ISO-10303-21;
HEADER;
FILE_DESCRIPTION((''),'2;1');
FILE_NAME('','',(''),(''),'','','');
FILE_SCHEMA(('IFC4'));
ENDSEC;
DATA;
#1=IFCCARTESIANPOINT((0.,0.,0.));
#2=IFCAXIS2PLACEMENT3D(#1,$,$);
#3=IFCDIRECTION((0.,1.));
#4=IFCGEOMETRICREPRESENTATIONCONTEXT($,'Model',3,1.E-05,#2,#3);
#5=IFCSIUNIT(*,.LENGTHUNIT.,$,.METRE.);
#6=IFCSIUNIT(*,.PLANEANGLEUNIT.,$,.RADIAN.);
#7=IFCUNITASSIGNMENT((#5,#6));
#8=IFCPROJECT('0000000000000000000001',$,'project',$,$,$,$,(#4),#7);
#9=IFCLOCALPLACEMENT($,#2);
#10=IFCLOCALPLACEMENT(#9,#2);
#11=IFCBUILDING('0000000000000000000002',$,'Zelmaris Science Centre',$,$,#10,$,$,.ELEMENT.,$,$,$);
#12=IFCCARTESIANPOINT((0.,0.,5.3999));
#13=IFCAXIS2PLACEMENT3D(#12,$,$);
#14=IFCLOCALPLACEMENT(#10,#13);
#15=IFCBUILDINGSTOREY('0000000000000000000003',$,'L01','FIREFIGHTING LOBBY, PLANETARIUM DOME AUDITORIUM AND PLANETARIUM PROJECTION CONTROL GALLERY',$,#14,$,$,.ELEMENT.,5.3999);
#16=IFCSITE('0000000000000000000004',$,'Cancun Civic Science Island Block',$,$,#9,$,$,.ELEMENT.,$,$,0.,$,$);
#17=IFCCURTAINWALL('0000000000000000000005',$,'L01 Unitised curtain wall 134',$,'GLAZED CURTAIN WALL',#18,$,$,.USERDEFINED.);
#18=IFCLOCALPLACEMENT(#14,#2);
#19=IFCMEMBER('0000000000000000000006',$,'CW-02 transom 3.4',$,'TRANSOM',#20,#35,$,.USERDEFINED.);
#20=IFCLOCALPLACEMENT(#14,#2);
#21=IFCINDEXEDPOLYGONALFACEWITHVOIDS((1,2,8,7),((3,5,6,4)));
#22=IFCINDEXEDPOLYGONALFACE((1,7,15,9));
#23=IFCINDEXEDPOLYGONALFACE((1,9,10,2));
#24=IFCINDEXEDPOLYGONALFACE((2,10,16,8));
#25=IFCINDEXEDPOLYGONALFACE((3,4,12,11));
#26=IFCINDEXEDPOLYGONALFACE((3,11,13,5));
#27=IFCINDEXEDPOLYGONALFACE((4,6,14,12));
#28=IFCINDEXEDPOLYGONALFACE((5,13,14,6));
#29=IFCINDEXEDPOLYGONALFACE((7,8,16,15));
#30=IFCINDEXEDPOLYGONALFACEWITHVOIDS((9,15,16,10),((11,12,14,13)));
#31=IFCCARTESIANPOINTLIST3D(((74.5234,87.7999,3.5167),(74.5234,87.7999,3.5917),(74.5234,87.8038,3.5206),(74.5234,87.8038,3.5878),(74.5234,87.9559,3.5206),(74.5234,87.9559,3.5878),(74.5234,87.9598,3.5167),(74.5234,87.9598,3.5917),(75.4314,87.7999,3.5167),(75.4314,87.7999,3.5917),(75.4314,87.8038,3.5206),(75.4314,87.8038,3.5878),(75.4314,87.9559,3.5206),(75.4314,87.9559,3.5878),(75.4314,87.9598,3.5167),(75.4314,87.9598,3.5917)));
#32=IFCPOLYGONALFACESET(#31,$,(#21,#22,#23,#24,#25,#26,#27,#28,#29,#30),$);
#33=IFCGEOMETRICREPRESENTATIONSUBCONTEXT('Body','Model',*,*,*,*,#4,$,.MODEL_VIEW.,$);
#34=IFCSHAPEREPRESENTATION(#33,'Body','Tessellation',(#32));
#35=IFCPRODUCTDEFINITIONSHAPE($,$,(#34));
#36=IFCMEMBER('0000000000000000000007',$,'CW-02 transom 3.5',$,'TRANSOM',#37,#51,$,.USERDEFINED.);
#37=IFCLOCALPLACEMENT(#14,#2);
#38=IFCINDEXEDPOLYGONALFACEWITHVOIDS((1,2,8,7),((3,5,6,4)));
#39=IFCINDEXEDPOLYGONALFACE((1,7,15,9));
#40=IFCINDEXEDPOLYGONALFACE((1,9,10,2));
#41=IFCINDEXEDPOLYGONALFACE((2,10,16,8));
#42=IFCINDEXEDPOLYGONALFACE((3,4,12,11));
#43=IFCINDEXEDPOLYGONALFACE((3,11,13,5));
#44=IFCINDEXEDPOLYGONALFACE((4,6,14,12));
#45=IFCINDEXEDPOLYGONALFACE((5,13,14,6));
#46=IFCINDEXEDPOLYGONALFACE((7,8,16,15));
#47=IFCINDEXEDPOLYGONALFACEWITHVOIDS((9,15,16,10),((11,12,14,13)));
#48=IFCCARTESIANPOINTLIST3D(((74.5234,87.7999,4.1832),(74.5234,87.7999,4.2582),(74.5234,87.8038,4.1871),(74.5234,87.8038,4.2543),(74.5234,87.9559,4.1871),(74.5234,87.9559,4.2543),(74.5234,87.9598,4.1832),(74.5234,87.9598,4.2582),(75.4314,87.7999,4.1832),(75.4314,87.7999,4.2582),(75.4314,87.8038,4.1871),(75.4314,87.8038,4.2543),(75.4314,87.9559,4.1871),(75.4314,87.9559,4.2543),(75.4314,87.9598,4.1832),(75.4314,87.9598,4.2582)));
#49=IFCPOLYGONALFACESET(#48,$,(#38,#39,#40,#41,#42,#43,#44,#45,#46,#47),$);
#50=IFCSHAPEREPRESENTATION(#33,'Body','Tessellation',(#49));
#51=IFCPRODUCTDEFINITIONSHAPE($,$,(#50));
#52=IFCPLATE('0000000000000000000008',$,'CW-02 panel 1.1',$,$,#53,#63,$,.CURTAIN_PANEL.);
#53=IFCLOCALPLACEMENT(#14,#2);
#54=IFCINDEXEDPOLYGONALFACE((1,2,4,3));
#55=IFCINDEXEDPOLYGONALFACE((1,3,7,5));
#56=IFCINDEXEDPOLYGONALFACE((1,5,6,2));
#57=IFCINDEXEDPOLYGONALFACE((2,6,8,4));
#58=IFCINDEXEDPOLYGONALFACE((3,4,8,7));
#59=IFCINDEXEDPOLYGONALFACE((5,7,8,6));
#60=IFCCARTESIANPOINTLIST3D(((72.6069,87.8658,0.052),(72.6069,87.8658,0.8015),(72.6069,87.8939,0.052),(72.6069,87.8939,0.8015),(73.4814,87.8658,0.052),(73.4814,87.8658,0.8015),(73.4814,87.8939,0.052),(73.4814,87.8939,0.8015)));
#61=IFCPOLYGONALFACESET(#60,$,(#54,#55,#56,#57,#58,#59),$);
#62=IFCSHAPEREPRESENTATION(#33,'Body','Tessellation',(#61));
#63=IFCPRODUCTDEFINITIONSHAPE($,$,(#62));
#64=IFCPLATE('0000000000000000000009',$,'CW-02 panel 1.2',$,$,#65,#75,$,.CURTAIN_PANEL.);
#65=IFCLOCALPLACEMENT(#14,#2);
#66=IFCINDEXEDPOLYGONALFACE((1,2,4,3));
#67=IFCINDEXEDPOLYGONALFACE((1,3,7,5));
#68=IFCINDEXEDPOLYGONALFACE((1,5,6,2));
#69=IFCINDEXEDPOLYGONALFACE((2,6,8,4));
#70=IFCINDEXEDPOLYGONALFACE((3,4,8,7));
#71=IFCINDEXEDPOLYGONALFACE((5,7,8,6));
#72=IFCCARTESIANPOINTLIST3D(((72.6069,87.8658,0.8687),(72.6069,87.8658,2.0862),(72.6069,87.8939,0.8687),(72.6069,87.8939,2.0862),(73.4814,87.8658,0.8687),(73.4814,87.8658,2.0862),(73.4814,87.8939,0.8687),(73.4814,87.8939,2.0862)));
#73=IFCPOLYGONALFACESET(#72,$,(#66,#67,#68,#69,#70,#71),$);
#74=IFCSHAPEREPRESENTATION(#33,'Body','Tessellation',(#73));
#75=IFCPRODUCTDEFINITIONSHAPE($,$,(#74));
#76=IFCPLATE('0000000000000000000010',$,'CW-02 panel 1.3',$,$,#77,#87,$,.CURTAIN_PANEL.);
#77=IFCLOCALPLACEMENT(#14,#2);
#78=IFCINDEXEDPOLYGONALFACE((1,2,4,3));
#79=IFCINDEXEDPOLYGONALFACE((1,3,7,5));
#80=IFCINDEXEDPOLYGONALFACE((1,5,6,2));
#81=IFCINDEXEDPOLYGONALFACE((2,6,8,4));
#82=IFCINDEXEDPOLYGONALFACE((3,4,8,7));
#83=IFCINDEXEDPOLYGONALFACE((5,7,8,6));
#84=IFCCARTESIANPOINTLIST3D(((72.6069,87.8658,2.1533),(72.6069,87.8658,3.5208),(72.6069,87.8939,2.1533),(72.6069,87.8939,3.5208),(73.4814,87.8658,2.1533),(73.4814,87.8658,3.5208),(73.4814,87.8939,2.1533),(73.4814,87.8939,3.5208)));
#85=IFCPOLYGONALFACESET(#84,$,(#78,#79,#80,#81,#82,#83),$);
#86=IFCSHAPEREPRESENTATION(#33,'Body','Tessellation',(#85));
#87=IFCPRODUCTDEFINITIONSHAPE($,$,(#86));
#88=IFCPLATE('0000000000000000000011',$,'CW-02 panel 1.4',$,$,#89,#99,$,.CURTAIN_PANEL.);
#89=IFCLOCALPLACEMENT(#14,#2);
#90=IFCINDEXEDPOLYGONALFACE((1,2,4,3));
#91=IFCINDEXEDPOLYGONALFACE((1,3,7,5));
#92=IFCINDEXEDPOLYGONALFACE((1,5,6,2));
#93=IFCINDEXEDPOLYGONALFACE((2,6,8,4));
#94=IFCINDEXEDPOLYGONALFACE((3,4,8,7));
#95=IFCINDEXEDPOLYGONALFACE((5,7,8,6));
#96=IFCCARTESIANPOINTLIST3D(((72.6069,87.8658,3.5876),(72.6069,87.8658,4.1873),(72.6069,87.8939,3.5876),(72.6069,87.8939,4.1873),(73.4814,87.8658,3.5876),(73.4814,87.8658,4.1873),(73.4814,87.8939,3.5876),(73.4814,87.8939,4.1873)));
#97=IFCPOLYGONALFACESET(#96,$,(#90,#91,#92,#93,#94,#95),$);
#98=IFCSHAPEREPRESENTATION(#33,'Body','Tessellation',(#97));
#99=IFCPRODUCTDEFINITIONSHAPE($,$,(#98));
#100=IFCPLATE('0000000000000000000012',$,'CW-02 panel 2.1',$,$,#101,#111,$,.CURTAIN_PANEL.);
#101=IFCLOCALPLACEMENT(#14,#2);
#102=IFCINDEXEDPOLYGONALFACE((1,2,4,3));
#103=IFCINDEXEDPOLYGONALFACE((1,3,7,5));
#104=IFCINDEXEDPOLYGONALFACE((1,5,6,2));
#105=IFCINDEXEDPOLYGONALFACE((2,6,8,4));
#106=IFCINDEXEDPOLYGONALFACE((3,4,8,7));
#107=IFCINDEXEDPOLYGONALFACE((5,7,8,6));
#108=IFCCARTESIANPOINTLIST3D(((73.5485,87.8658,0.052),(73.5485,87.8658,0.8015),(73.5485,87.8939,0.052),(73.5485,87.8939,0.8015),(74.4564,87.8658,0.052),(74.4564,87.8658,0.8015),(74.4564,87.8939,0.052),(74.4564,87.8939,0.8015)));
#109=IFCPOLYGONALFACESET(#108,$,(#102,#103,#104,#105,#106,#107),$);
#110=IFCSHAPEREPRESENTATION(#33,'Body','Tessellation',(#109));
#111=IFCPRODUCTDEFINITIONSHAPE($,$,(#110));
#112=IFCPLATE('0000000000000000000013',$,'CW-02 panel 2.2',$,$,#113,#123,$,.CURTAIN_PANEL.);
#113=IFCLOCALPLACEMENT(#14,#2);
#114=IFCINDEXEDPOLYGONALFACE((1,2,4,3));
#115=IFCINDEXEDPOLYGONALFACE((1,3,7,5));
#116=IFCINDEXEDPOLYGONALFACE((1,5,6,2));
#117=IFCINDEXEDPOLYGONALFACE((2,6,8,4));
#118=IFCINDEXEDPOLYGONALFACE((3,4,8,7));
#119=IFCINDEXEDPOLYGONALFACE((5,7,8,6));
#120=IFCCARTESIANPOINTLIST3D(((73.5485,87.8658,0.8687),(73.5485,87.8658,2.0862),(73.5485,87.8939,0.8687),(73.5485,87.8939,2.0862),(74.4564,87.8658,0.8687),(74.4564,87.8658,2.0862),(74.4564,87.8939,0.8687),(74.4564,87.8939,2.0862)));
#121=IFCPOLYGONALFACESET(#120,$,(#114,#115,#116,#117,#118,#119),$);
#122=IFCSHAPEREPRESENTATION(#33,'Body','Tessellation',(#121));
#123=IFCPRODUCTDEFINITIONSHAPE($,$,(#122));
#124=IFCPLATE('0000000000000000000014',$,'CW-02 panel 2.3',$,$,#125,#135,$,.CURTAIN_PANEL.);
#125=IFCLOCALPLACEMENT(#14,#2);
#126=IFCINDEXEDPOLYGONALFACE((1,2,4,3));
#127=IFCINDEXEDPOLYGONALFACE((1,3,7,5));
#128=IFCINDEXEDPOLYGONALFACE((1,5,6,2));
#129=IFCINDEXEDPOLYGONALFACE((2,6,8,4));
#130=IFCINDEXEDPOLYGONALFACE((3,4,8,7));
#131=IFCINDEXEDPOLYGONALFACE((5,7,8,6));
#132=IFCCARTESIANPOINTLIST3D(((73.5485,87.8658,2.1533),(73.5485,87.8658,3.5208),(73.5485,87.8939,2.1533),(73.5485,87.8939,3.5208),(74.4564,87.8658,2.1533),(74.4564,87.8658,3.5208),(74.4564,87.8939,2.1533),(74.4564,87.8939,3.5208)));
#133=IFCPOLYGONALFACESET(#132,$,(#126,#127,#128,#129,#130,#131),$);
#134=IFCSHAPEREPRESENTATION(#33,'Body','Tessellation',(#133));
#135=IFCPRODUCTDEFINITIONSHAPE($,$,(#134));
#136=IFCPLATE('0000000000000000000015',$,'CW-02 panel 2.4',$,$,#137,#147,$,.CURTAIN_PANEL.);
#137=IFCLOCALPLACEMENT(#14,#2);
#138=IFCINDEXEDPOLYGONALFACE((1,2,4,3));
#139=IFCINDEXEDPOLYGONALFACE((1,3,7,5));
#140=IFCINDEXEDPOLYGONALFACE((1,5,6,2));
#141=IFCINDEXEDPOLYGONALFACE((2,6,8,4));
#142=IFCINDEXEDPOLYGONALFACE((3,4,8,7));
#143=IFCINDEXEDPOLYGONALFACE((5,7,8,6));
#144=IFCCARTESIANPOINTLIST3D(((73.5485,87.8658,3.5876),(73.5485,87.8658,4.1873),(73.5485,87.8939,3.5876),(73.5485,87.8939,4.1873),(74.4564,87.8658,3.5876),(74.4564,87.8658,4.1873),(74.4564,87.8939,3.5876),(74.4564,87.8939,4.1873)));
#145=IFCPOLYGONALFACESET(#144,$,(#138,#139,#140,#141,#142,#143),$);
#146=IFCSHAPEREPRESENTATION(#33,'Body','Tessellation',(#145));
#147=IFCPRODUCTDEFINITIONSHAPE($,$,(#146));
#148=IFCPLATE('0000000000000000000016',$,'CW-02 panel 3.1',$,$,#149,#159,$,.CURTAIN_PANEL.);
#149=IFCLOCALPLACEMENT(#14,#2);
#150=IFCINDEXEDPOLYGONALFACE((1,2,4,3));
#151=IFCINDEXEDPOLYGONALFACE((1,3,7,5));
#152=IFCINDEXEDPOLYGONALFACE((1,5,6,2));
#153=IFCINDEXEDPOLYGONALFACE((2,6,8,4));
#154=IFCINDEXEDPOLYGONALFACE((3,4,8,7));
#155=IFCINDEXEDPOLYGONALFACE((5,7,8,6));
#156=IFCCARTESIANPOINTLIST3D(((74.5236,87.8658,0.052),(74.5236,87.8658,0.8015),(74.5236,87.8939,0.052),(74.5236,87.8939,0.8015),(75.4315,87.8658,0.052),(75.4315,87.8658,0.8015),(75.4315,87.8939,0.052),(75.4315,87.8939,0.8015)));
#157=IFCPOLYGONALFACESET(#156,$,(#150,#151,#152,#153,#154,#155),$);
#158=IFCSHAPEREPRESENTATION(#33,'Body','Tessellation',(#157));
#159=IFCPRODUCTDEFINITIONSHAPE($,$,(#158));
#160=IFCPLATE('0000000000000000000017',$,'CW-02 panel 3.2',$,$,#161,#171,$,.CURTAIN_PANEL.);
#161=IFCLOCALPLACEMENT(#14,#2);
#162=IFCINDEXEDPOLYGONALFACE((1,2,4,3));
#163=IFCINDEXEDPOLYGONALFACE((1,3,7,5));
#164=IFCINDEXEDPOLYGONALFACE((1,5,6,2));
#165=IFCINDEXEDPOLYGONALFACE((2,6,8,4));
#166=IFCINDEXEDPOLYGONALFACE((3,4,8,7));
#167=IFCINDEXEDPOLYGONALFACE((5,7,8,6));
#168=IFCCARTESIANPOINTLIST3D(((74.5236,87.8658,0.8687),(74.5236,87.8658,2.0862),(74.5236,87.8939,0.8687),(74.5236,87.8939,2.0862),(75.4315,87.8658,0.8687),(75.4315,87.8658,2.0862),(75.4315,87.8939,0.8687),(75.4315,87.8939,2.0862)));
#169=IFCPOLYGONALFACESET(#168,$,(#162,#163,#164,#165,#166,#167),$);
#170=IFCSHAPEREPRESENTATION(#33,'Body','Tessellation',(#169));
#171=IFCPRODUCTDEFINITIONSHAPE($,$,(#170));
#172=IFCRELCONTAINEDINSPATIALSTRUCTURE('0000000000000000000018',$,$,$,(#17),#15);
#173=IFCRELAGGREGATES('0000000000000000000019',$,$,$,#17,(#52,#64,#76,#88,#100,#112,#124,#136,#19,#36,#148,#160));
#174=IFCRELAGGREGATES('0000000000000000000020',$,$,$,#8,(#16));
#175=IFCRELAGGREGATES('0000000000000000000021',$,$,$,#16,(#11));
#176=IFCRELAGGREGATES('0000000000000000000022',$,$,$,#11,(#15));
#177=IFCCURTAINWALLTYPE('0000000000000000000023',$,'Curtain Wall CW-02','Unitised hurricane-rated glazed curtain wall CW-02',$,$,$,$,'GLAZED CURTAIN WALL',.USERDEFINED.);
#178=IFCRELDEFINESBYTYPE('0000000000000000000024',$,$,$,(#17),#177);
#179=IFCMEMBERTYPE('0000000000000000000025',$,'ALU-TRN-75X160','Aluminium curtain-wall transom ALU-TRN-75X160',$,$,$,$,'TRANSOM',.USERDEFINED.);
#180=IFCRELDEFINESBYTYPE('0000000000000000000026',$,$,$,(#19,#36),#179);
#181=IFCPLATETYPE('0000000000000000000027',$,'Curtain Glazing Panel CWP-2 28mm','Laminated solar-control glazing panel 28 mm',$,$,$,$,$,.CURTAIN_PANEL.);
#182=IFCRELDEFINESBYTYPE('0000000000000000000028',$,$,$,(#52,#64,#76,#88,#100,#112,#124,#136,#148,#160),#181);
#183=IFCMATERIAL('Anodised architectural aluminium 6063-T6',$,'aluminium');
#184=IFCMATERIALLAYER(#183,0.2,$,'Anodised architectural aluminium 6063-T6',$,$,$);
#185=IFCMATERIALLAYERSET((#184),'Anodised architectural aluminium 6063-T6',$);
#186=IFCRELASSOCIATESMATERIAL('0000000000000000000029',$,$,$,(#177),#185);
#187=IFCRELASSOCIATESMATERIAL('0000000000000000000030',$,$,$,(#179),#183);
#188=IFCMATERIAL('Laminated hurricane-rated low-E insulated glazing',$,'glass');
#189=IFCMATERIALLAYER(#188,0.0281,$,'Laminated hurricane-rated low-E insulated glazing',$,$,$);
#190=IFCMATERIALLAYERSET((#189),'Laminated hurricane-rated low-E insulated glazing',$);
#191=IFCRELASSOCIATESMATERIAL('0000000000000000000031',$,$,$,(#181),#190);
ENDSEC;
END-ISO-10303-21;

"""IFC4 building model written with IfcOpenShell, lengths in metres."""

from ifc_helpers import new_model, si_unit, direction, frame, origin, origin_2d, place, context, subcontext, project, spatial, rectangle, hollow_rectangle, extrude, material, layer, layer_set, material_profile, profile_set, type_object, element, aggregate, save


model = new_model("IFC4")

# Units and contexts
model_context = context("Model", 3, precision=1e-05, world=origin(), true_north=direction((0.0, 1.0)))
body_context = subcontext(model_context, "Body", "Model", "MODEL_VIEW")
ifc_project = project(units=[si_unit("LENGTHUNIT", "METRE"), si_unit("PLANEANGLEUNIT", "RADIAN")], contexts=[model_context])

# Site, building, storey
site_placement = place(None, origin())
site = spatial("IfcSite", under=ifc_project, at=site_placement, Name="Cancun Civic Science Island Block", CompositionType="ELEMENT", RefElevation=0.0)
building_placement = place(site_placement, origin())
building = spatial("IfcBuilding", under=site, at=building_placement, Name="Zelmaris Science Centre", CompositionType="ELEMENT")
storey_placement = place(building_placement, frame((0.0, 0.0, 5.3999)))
storey = spatial("IfcBuildingStorey", under=building, at=storey_placement, Name="L01", Description="FIREFIGHTING LOBBY, PLANETARIUM DOME AUDITORIUM AND PLANETARIUM PROJECTION CONTROL GALLERY", CompositionType="ELEMENT", Elevation=5.3999)

# Curtain wall, members, plates
ifc_material_1 = material(Name="Anodised architectural aluminium 6063-T6", Category="aluminium")
ifc_layer_1 = layer(ifc_material_1, 0.2, Name="Anodised architectural aluminium 6063-T6")
ifc_layer_set_1 = layer_set([ifc_layer_1], Name="Anodised architectural aluminium 6063-T6")
curtain_wall_type = type_object("IfcCurtainWallType", Name="Curtain Wall CW-02", Description="Unitised hurricane-rated glazed curtain wall CW-02", ElementType="GLAZED CURTAIN WALL", PredefinedType="USERDEFINED", material=ifc_layer_set_1)
curtain_wall_placement = place(storey_placement, origin())
curtain_wall = element("IfcCurtainWall", 1, at=curtain_wall_placement, inside=storey, type_object=curtain_wall_type, Name="L01 Unitised curtain wall 134", ObjectType="GLAZED CURTAIN WALL", PredefinedType="USERDEFINED")
ifc_material_profile_1 = material_profile(ifc_material_1, hollow_rectangle(XDim=0.075, YDim=0.1599, WallThickness=0.0039, at=origin_2d()), Name="ALU-TRN-75X160")
ifc_profile_set_1 = profile_set([ifc_material_profile_1], Name="Anodised architectural aluminium 6063-T6")
member_type_1 = type_object("IfcMemberType", Name="ALU-TRN-75X160", Description="Aluminium curtain-wall transom ALU-TRN-75X160", ElementType="TRANSOM", PredefinedType="USERDEFINED", material=ifc_profile_set_1)
member_1_placement = place(storey_placement, frame((74.5234, 87.8799, 3.5542), z_axis=(1.0, 0.0, 0.0), x_axis=(0.0, 0.0, 1.0)))
member_1 = element("IfcMember", 2, at=member_1_placement, type_object=member_type_1, Name="CW-02 transom 3.4", ObjectType="TRANSOM", PredefinedType="USERDEFINED", context=body_context, shape_type="SweptSolid", body=[
    extrude(hollow_rectangle(XDim=0.075, YDim=0.1599, WallThickness=0.0039, at=origin_2d()), origin(), (0.0, 0.0, 1.0), 0.908),
])
member_2_placement = place(storey_placement, frame((74.5234, 87.8799, 4.2207), z_axis=(1.0, 0.0, 0.0), x_axis=(0.0, 0.0, 1.0)))
member_2 = element("IfcMember", 3, at=member_2_placement, type_object=member_type_1, Name="CW-02 transom 3.5", ObjectType="TRANSOM", PredefinedType="USERDEFINED", context=body_context, shape_type="SweptSolid", body=[
    extrude(hollow_rectangle(XDim=0.075, YDim=0.1599, WallThickness=0.0039, at=origin_2d()), origin(), (0.0, 0.0, 1.0), 0.908),
])
ifc_material_2 = material(Name="Laminated hurricane-rated low-E insulated glazing", Category="glass")
ifc_layer_2 = layer(ifc_material_2, 0.0281, Name="Laminated hurricane-rated low-E insulated glazing")
ifc_layer_set_2 = layer_set([ifc_layer_2], Name="Laminated hurricane-rated low-E insulated glazing")
plate_type = type_object("IfcPlateType", Name="Curtain Glazing Panel CWP-2 28mm", Description="Laminated solar-control glazing panel 28 mm", PredefinedType="CURTAIN_PANEL", material=ifc_layer_set_2)
plate_1_placement = place(storey_placement, frame((73.0442, 87.8799, 0.052), z_axis=(0.0, 0.0, 1.0), x_axis=(1.0, 0.0, 0.0)))
plate_1 = element("IfcPlate", 4, at=plate_1_placement, type_object=plate_type, Name="CW-02 panel 1.1", PredefinedType="CURTAIN_PANEL", context=body_context, shape_type="SweptSolid", body=[
    extrude(rectangle(XDim=0.8745, YDim=0.0281, at=origin_2d()), origin(), (0.0, 0.0, 1.0), 0.7495),
])
plate_2_placement = place(storey_placement, frame((73.0442, 87.8799, 0.8687), z_axis=(0.0, 0.0, 1.0), x_axis=(1.0, 0.0, 0.0)))
plate_2 = element("IfcPlate", 5, at=plate_2_placement, type_object=plate_type, Name="CW-02 panel 1.2", PredefinedType="CURTAIN_PANEL", context=body_context, shape_type="SweptSolid", body=[
    extrude(rectangle(XDim=0.8745, YDim=0.0281, at=origin_2d()), origin(), (0.0, 0.0, 1.0), 1.2175),
])
plate_3_placement = place(storey_placement, frame((73.0442, 87.8799, 2.1533), z_axis=(0.0, 0.0, 1.0), x_axis=(1.0, 0.0, 0.0)))
plate_3 = element("IfcPlate", 6, at=plate_3_placement, type_object=plate_type, Name="CW-02 panel 1.3", PredefinedType="CURTAIN_PANEL", context=body_context, shape_type="SweptSolid", body=[
    extrude(rectangle(XDim=0.8745, YDim=0.0281, at=origin_2d()), origin(), (0.0, 0.0, 1.0), 1.3674),
])
plate_4_placement = place(storey_placement, frame((73.0442, 87.8799, 3.5876), z_axis=(0.0, 0.0, 1.0), x_axis=(1.0, 0.0, 0.0)))
plate_4 = element("IfcPlate", 7, at=plate_4_placement, type_object=plate_type, Name="CW-02 panel 1.4", PredefinedType="CURTAIN_PANEL", context=body_context, shape_type="SweptSolid", body=[
    extrude(rectangle(XDim=0.8745, YDim=0.0281, at=origin_2d()), origin(), (0.0, 0.0, 1.0), 0.5996),
])
plate_5_placement = place(storey_placement, frame((74.0024, 87.8799, 0.052), z_axis=(0.0, 0.0, 1.0), x_axis=(1.0, 0.0, 0.0)))
plate_5 = element("IfcPlate", 8, at=plate_5_placement, type_object=plate_type, Name="CW-02 panel 2.1", PredefinedType="CURTAIN_PANEL", context=body_context, shape_type="SweptSolid", body=[
    extrude(rectangle(XDim=0.908, YDim=0.0281, at=origin_2d()), origin(), (0.0, 0.0, 1.0), 0.7495),
])
plate_6_placement = place(storey_placement, frame((74.0024, 87.8799, 0.8687), z_axis=(0.0, 0.0, 1.0), x_axis=(1.0, 0.0, 0.0)))
plate_6 = element("IfcPlate", 9, at=plate_6_placement, type_object=plate_type, Name="CW-02 panel 2.2", PredefinedType="CURTAIN_PANEL", context=body_context, shape_type="SweptSolid", body=[
    extrude(rectangle(XDim=0.908, YDim=0.0281, at=origin_2d()), origin(), (0.0, 0.0, 1.0), 1.2175),
])
plate_7_placement = place(storey_placement, frame((74.0024, 87.8799, 2.1533), z_axis=(0.0, 0.0, 1.0), x_axis=(1.0, 0.0, 0.0)))
plate_7 = element("IfcPlate", 10, at=plate_7_placement, type_object=plate_type, Name="CW-02 panel 2.3", PredefinedType="CURTAIN_PANEL", context=body_context, shape_type="SweptSolid", body=[
    extrude(rectangle(XDim=0.908, YDim=0.0281, at=origin_2d()), origin(), (0.0, 0.0, 1.0), 1.3674),
])
plate_8_placement = place(storey_placement, frame((74.0024, 87.8799, 3.5876), z_axis=(0.0, 0.0, 1.0), x_axis=(1.0, 0.0, 0.0)))
plate_8 = element("IfcPlate", 11, at=plate_8_placement, type_object=plate_type, Name="CW-02 panel 2.4", PredefinedType="CURTAIN_PANEL", context=body_context, shape_type="SweptSolid", body=[
    extrude(rectangle(XDim=0.908, YDim=0.0281, at=origin_2d()), origin(), (0.0, 0.0, 1.0), 0.5996),
])
plate_9_placement = place(storey_placement, frame((74.9775, 87.8799, 0.052), z_axis=(0.0, 0.0, 1.0), x_axis=(1.0, 0.0, 0.0)))
plate_9 = element("IfcPlate", 12, at=plate_9_placement, type_object=plate_type, Name="CW-02 panel 3.1", PredefinedType="CURTAIN_PANEL", context=body_context, shape_type="SweptSolid", body=[
    extrude(rectangle(XDim=0.908, YDim=0.0281, at=origin_2d()), origin(), (0.0, 0.0, 1.0), 0.7495),
])
plate_10_placement = place(storey_placement, frame((74.9775, 87.8799, 0.8687), z_axis=(0.0, 0.0, 1.0), x_axis=(1.0, 0.0, 0.0)))
plate_10 = element("IfcPlate", 13, at=plate_10_placement, type_object=plate_type, Name="CW-02 panel 3.2", PredefinedType="CURTAIN_PANEL", context=body_context, shape_type="SweptSolid", body=[
    extrude(rectangle(XDim=0.908, YDim=0.0281, at=origin_2d()), origin(), (0.0, 0.0, 1.0), 1.2175),
])
aggregate(curtain_wall, [plate_1, plate_2, plate_3, plate_4, plate_5, plate_6, plate_7, plate_8, member_1, member_2, plate_9, plate_10])

save(model, "model.ifc")
